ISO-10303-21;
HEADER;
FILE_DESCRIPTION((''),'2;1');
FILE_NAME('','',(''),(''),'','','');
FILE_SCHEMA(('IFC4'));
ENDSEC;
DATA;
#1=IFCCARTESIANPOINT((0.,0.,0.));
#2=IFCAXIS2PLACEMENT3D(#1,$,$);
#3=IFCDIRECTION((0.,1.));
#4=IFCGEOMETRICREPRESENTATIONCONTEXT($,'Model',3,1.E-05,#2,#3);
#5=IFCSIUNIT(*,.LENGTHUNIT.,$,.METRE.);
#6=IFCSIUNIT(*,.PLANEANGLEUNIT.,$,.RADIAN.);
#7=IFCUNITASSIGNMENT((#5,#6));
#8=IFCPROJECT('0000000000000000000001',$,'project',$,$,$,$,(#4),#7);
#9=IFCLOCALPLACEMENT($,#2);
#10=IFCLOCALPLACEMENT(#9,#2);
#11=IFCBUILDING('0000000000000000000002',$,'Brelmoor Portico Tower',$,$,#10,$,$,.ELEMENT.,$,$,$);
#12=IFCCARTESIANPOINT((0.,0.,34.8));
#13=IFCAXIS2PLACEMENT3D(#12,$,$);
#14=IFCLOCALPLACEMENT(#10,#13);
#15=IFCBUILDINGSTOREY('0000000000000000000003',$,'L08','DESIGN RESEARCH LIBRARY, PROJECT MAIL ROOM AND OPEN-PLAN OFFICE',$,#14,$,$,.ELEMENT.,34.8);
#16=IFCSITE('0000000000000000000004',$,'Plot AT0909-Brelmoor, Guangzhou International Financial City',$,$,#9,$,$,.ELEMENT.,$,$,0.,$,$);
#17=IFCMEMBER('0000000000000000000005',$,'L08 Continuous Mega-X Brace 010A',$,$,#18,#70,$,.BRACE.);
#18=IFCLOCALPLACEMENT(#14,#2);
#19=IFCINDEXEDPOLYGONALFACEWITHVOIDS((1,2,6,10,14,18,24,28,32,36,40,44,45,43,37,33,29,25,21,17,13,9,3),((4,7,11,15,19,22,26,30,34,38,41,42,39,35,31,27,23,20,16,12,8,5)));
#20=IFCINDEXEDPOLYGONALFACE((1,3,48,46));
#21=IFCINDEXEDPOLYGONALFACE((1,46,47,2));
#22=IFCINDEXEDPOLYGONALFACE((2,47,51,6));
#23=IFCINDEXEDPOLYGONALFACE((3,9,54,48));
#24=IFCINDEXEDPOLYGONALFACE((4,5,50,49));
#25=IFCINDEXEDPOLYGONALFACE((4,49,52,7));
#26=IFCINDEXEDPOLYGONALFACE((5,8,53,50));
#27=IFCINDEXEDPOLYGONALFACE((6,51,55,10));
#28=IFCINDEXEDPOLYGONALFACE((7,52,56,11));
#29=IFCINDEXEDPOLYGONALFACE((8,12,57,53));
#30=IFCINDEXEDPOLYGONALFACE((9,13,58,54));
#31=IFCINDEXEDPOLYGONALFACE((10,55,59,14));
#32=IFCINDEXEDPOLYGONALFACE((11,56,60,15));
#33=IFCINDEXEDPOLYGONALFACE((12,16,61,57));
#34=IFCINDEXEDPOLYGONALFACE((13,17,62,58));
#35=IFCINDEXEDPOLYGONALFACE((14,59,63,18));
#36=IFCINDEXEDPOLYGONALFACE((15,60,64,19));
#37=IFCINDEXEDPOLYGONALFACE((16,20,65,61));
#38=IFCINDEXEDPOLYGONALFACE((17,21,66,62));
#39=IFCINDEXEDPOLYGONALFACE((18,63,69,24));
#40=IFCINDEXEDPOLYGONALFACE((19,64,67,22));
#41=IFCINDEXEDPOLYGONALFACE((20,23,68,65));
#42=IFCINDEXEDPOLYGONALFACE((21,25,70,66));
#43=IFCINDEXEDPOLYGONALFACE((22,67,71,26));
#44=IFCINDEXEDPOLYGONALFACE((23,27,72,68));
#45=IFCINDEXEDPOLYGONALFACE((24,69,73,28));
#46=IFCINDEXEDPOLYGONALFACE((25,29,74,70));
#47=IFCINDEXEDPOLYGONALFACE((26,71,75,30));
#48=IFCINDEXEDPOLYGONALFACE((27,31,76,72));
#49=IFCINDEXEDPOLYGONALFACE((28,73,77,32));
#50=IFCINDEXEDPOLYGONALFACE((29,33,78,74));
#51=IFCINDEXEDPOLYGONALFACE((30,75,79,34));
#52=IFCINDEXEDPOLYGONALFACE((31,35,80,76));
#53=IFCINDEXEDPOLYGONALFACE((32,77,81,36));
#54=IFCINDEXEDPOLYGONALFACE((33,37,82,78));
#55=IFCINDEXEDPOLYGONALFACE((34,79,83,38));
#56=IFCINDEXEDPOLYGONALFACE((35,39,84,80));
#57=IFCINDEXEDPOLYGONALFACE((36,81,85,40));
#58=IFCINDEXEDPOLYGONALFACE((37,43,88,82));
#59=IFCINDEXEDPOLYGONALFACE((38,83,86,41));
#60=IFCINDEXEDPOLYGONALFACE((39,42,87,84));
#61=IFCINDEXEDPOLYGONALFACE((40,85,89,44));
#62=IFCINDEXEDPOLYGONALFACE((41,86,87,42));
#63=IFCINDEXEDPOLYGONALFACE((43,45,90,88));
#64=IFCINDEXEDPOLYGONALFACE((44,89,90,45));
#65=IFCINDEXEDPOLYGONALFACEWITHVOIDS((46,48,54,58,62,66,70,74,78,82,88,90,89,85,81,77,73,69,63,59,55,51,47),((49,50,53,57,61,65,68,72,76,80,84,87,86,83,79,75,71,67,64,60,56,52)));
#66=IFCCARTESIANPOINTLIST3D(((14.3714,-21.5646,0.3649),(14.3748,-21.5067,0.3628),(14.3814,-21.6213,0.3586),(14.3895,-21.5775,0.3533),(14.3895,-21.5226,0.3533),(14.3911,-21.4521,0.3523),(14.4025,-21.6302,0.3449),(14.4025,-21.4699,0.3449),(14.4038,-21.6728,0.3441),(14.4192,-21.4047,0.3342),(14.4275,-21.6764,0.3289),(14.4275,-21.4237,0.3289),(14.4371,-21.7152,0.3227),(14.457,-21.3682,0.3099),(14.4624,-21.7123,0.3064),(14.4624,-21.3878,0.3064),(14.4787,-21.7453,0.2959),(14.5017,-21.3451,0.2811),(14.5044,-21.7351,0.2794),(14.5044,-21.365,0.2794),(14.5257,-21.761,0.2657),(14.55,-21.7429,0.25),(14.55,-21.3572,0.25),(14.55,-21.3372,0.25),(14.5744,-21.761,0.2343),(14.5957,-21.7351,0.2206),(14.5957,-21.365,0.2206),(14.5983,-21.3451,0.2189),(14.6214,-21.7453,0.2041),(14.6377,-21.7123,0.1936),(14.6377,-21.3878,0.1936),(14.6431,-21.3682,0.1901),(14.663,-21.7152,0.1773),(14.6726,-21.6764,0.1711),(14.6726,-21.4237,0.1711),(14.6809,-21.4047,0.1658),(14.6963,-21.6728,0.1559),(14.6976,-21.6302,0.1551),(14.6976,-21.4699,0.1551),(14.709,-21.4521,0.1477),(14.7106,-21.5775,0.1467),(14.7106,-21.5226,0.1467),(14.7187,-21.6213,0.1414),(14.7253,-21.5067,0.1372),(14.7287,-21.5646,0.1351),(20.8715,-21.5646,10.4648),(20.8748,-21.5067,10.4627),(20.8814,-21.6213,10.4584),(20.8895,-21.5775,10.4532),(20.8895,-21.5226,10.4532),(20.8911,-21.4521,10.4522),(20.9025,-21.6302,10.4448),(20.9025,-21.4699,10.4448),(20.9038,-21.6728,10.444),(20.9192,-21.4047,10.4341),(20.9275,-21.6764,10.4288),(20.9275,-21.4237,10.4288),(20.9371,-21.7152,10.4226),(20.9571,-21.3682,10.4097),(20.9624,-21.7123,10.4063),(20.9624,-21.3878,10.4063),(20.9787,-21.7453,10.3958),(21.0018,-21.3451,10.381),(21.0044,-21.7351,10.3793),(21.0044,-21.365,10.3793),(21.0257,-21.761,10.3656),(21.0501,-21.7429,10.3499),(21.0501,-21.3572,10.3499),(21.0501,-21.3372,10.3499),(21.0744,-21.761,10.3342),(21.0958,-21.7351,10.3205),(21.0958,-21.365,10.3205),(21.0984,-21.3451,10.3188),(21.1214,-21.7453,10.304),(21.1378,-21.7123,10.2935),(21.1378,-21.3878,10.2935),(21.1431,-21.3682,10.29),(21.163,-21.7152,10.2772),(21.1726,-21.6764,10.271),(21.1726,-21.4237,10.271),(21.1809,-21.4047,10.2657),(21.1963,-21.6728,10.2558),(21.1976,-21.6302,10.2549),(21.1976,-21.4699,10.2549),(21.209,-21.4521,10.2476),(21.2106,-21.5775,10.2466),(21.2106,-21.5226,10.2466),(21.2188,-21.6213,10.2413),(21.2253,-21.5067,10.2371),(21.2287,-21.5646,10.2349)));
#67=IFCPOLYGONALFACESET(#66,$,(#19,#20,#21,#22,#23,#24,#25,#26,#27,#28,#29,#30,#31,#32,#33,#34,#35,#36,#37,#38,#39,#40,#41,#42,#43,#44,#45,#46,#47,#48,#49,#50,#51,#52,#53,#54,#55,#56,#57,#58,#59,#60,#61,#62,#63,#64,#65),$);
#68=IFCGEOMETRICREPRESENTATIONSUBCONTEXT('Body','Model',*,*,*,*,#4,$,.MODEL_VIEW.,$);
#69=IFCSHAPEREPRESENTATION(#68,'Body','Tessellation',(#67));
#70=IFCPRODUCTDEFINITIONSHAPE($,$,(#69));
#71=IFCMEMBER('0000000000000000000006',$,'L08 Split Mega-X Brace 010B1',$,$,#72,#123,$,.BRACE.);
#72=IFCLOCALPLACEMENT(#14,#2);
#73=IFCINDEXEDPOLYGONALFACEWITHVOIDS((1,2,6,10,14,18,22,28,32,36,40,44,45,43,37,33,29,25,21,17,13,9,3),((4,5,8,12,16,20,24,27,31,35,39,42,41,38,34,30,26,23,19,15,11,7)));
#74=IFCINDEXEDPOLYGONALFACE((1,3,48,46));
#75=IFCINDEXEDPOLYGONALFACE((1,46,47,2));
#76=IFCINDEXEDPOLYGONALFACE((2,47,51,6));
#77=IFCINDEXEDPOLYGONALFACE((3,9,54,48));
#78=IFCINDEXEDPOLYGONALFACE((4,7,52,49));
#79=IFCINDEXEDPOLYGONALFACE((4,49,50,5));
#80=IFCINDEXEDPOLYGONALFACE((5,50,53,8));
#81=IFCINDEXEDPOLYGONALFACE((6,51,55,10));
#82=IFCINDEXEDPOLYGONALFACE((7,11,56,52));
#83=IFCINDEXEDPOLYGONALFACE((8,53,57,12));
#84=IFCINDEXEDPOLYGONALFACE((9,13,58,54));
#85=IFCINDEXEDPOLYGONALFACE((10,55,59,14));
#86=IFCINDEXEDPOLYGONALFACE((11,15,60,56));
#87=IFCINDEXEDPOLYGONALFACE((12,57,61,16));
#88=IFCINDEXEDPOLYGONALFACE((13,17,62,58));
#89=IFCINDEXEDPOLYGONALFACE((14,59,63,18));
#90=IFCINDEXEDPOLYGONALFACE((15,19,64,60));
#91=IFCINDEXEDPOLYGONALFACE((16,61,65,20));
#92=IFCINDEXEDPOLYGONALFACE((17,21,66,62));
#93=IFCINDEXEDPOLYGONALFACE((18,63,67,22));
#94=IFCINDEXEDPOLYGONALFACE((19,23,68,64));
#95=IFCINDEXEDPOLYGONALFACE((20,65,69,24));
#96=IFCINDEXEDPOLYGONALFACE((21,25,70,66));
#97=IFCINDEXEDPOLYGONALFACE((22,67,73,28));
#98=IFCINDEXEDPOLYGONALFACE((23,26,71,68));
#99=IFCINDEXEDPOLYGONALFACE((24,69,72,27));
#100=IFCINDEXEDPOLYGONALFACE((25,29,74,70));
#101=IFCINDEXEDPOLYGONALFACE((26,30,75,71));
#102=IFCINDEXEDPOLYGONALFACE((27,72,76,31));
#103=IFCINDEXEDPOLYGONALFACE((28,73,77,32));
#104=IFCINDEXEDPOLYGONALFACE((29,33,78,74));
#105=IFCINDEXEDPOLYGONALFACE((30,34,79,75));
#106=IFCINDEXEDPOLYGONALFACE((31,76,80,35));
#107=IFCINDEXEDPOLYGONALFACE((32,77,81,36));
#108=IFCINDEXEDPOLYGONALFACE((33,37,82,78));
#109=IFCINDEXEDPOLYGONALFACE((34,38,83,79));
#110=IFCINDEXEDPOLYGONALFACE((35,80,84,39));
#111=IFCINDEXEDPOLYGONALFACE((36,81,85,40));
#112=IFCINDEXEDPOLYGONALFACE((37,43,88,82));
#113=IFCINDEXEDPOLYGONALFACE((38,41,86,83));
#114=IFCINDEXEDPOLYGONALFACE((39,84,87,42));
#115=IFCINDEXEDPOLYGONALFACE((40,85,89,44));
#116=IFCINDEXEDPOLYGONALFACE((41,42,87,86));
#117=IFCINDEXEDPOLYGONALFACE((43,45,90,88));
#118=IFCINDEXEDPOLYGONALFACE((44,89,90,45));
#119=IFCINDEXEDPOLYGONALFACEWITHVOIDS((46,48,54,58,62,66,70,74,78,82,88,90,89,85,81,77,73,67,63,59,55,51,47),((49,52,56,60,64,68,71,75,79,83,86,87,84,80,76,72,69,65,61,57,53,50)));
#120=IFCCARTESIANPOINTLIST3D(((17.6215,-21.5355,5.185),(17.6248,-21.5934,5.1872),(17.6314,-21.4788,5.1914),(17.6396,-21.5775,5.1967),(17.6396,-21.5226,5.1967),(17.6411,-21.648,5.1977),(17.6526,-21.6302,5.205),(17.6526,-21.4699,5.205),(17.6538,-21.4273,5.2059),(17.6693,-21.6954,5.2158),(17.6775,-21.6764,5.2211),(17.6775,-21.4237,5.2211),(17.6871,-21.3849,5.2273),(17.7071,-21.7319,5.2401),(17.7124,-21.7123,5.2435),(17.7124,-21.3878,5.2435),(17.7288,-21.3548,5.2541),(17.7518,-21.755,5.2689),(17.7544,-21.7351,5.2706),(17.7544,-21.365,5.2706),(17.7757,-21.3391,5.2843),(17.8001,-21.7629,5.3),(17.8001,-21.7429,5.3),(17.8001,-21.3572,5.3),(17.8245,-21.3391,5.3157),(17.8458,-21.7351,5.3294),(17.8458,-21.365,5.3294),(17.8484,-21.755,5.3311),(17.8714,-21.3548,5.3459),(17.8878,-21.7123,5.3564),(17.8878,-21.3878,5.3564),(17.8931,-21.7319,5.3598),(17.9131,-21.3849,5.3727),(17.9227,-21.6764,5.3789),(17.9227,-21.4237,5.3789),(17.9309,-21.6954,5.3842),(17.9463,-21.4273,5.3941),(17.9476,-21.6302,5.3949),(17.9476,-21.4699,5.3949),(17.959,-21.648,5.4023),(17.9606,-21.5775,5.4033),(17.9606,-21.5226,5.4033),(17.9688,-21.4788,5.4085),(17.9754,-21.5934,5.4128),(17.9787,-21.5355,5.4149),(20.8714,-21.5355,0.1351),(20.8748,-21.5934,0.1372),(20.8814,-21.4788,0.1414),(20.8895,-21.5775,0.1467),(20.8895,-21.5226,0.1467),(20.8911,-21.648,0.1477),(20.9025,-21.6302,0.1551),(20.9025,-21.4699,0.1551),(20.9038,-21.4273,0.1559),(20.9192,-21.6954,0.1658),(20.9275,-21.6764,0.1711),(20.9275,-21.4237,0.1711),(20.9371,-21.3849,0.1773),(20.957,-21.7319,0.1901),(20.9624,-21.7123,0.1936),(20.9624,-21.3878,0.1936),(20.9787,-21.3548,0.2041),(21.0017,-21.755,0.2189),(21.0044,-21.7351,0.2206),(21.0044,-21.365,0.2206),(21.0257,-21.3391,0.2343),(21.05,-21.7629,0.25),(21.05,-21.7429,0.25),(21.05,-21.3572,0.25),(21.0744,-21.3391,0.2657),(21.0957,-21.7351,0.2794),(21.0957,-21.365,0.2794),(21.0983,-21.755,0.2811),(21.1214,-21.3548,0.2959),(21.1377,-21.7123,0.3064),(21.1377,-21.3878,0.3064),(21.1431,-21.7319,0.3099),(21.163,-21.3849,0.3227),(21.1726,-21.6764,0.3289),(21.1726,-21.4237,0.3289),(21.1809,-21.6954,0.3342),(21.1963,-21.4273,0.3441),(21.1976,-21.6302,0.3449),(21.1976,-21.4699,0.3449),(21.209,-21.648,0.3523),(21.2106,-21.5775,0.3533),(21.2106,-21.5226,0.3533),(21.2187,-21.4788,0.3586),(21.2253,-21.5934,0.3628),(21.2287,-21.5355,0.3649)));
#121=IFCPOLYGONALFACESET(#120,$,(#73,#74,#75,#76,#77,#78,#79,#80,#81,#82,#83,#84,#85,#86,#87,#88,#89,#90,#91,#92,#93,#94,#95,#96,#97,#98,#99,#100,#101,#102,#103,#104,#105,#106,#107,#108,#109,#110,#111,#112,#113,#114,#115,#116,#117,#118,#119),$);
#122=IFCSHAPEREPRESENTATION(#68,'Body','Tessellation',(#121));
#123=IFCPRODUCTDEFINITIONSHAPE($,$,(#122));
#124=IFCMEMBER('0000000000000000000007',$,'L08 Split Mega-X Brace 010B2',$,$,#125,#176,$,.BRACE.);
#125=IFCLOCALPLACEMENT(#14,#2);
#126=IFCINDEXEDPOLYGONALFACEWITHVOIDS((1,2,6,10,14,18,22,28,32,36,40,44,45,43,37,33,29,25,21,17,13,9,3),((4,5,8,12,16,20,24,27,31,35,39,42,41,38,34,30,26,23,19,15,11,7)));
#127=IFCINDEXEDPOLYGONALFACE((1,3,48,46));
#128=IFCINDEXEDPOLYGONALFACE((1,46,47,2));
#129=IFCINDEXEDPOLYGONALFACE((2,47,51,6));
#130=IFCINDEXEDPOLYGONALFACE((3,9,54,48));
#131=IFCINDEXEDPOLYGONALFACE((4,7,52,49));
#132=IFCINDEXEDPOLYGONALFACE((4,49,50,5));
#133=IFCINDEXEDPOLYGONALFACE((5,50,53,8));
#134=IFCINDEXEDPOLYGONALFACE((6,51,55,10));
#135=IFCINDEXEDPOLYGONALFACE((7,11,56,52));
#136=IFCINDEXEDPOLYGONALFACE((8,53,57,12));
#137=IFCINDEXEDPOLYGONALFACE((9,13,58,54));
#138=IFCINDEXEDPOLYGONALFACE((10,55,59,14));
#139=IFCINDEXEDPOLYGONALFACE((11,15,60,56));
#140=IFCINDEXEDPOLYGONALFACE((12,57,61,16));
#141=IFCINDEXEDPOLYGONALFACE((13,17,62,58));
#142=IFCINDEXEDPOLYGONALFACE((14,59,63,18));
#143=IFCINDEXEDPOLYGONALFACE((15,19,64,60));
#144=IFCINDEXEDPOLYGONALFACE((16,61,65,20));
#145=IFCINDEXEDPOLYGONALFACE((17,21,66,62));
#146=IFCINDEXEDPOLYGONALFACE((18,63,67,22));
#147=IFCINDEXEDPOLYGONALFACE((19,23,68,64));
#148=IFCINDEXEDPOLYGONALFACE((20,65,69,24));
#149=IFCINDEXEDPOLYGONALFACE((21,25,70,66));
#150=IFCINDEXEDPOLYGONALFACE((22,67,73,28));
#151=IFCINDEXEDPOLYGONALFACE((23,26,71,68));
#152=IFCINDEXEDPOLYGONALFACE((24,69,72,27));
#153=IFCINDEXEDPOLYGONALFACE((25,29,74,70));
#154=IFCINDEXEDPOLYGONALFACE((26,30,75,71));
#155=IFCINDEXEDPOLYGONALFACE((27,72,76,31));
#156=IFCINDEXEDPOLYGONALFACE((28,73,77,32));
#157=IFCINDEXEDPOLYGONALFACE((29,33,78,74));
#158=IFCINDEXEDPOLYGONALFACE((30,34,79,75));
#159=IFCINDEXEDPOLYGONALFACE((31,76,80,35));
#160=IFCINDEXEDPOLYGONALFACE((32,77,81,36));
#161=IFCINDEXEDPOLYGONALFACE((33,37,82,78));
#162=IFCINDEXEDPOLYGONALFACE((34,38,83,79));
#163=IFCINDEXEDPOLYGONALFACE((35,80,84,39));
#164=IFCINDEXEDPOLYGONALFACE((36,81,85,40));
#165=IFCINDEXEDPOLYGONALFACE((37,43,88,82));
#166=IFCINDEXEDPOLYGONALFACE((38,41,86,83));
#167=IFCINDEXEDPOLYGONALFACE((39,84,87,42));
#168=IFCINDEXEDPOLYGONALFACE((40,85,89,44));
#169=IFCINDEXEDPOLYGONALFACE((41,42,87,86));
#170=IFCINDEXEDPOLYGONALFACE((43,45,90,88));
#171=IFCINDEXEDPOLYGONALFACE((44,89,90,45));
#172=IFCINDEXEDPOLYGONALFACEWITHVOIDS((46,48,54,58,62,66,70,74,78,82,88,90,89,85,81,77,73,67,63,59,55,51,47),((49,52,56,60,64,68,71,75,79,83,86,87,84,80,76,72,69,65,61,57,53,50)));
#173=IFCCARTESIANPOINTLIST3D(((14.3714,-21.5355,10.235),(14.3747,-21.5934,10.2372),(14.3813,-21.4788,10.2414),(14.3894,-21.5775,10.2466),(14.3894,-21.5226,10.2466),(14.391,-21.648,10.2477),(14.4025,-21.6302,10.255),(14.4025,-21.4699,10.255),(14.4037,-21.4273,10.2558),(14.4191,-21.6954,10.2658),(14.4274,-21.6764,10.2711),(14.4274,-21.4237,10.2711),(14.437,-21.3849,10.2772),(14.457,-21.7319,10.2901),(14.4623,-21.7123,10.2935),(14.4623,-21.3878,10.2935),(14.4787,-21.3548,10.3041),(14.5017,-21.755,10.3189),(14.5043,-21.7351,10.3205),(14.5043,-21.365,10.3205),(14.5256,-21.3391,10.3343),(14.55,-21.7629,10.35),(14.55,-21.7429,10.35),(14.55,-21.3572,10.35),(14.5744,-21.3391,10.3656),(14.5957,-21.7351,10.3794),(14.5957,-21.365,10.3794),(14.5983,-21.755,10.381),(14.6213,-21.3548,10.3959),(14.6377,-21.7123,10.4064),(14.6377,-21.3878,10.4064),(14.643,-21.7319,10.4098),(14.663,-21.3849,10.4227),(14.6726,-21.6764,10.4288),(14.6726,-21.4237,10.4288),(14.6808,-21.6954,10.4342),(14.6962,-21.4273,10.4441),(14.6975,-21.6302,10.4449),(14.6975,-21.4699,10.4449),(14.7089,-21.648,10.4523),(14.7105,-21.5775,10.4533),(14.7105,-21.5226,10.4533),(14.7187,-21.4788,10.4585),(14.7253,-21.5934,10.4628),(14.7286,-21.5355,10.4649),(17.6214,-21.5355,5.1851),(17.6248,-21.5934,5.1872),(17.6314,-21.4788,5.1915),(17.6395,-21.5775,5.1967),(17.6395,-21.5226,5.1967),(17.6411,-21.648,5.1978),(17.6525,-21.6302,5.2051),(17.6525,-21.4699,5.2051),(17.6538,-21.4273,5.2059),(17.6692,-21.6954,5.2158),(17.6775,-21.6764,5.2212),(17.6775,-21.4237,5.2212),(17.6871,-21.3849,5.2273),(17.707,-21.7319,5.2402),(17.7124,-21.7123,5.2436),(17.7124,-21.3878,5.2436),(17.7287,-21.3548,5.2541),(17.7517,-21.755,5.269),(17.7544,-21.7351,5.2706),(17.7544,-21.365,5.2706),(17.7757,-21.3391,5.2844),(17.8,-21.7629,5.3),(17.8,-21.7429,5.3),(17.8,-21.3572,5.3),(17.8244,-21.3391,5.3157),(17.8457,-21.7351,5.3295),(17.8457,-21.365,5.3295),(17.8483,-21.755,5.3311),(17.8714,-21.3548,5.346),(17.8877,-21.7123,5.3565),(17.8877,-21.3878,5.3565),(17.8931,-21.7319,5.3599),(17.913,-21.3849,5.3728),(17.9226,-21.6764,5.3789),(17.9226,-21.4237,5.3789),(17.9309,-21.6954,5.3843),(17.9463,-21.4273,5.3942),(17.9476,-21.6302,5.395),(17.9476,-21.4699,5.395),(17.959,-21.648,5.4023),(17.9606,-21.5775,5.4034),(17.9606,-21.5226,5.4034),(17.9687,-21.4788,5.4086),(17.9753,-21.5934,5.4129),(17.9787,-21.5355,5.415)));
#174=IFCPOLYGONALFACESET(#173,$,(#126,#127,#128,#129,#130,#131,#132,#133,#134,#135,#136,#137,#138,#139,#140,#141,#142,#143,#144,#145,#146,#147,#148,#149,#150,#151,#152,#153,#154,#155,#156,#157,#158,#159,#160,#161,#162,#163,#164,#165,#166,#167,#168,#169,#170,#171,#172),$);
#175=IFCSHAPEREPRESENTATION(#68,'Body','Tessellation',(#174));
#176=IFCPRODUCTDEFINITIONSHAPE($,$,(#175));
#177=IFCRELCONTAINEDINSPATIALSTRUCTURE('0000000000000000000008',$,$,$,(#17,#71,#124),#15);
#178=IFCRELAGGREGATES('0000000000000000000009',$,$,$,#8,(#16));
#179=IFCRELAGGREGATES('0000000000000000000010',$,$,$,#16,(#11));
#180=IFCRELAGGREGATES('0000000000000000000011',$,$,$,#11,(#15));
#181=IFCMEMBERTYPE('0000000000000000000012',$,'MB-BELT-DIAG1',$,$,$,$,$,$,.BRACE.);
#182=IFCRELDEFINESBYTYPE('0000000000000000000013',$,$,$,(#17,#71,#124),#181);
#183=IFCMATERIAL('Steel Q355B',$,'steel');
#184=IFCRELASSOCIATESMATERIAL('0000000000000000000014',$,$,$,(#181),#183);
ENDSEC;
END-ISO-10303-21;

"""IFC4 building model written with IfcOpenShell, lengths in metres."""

from ifc_helpers import new_model, si_unit, direction, frame, origin, origin_2d, place, context, subcontext, project, spatial, hollow_circle, extrude, material, material_profile, profile_set, type_object, element, save


model = new_model("IFC4")

# Units and contexts
model_context = context("Model", 3, precision=1e-05, world=origin(), true_north=direction((0.0, 1.0)))
body_context = subcontext(model_context, "Body", "Model", "MODEL_VIEW")
ifc_project = project(units=[si_unit("LENGTHUNIT", "METRE"), si_unit("PLANEANGLEUNIT", "RADIAN")], contexts=[model_context])

# Site, building, storey
site_placement = place(None, origin())
site = spatial("IfcSite", under=ifc_project, at=site_placement, Name="Plot AT0909-Brelmoor, Guangzhou International Financial City", CompositionType="ELEMENT", RefElevation=0.0)
building_placement = place(site_placement, origin())
building = spatial("IfcBuilding", under=site, at=building_placement, Name="Brelmoor Portico Tower", CompositionType="ELEMENT")
storey_placement = place(building_placement, frame((0.0, 0.0, 34.8)))
storey = spatial("IfcBuildingStorey", under=building, at=storey_placement, Name="L08", Description="DESIGN RESEARCH LIBRARY, PROJECT MAIL ROOM AND OPEN-PLAN OFFICE", CompositionType="ELEMENT", Elevation=34.8)

# Shared definitions
ifc_material_1 = material(Name="Steel Q355B", Category="steel")

# Members
ifc_material_profile_1 = material_profile(ifc_material_1, hollow_circle(Radius=0.2129, WallThickness=0.02, at=origin_2d()), Name="CHS 426x20")
ifc_profile_set_1 = profile_set([ifc_material_profile_1], Name="Steel Q355B")
member_type_1 = type_object("IfcMemberType", Name="MB-BELT-DIAG1", PredefinedType="BRACE", material=ifc_profile_set_1)
member_1_placement = place(storey_placement, frame((14.55, -21.55, 0.25), z_axis=(0.541184, 0.0, 0.840904), x_axis=(0.0, 1.0, 0.0)))
element("IfcMember", 1, at=member_1_placement, inside=storey, type_object=member_type_1, Name="L08 Continuous Mega-X Brace 010A", PredefinedType="BRACE", context=body_context, shape_type="SweptSolid", body=[
    extrude(hollow_circle(Radius=0.2129, WallThickness=0.02, at=origin_2d()), origin(), (0.0, 0.0, 1.0), 12.0107),
])
for number, where, z_axis, x_axis, name in (
    (2, (21.05, -21.55, 0.25), (-0.541175, 0.0, 0.84091), (0.0, -1.0, 0.0), "L08 Split Mega-X Brace 010B1"),
    (3, (17.8, -21.55, 5.3), (-0.541193, 0.0, 0.840898), (0.0, -1.0, 0.0), "L08 Split Mega-X Brace 010B2"),
):
    element("IfcMember", number, at=place(storey_placement, frame(where, z_axis=z_axis, x_axis=x_axis)), inside=storey, type_object=member_type_1, Name=name, PredefinedType="BRACE", context=body_context, shape_type="SweptSolid", body=[
        extrude(hollow_circle(Radius=0.2129, WallThickness=0.02, at=origin_2d()), origin(), (0.0, 0.0, 1.0), 6.0054),
    ])

save(model, "model.ifc")
